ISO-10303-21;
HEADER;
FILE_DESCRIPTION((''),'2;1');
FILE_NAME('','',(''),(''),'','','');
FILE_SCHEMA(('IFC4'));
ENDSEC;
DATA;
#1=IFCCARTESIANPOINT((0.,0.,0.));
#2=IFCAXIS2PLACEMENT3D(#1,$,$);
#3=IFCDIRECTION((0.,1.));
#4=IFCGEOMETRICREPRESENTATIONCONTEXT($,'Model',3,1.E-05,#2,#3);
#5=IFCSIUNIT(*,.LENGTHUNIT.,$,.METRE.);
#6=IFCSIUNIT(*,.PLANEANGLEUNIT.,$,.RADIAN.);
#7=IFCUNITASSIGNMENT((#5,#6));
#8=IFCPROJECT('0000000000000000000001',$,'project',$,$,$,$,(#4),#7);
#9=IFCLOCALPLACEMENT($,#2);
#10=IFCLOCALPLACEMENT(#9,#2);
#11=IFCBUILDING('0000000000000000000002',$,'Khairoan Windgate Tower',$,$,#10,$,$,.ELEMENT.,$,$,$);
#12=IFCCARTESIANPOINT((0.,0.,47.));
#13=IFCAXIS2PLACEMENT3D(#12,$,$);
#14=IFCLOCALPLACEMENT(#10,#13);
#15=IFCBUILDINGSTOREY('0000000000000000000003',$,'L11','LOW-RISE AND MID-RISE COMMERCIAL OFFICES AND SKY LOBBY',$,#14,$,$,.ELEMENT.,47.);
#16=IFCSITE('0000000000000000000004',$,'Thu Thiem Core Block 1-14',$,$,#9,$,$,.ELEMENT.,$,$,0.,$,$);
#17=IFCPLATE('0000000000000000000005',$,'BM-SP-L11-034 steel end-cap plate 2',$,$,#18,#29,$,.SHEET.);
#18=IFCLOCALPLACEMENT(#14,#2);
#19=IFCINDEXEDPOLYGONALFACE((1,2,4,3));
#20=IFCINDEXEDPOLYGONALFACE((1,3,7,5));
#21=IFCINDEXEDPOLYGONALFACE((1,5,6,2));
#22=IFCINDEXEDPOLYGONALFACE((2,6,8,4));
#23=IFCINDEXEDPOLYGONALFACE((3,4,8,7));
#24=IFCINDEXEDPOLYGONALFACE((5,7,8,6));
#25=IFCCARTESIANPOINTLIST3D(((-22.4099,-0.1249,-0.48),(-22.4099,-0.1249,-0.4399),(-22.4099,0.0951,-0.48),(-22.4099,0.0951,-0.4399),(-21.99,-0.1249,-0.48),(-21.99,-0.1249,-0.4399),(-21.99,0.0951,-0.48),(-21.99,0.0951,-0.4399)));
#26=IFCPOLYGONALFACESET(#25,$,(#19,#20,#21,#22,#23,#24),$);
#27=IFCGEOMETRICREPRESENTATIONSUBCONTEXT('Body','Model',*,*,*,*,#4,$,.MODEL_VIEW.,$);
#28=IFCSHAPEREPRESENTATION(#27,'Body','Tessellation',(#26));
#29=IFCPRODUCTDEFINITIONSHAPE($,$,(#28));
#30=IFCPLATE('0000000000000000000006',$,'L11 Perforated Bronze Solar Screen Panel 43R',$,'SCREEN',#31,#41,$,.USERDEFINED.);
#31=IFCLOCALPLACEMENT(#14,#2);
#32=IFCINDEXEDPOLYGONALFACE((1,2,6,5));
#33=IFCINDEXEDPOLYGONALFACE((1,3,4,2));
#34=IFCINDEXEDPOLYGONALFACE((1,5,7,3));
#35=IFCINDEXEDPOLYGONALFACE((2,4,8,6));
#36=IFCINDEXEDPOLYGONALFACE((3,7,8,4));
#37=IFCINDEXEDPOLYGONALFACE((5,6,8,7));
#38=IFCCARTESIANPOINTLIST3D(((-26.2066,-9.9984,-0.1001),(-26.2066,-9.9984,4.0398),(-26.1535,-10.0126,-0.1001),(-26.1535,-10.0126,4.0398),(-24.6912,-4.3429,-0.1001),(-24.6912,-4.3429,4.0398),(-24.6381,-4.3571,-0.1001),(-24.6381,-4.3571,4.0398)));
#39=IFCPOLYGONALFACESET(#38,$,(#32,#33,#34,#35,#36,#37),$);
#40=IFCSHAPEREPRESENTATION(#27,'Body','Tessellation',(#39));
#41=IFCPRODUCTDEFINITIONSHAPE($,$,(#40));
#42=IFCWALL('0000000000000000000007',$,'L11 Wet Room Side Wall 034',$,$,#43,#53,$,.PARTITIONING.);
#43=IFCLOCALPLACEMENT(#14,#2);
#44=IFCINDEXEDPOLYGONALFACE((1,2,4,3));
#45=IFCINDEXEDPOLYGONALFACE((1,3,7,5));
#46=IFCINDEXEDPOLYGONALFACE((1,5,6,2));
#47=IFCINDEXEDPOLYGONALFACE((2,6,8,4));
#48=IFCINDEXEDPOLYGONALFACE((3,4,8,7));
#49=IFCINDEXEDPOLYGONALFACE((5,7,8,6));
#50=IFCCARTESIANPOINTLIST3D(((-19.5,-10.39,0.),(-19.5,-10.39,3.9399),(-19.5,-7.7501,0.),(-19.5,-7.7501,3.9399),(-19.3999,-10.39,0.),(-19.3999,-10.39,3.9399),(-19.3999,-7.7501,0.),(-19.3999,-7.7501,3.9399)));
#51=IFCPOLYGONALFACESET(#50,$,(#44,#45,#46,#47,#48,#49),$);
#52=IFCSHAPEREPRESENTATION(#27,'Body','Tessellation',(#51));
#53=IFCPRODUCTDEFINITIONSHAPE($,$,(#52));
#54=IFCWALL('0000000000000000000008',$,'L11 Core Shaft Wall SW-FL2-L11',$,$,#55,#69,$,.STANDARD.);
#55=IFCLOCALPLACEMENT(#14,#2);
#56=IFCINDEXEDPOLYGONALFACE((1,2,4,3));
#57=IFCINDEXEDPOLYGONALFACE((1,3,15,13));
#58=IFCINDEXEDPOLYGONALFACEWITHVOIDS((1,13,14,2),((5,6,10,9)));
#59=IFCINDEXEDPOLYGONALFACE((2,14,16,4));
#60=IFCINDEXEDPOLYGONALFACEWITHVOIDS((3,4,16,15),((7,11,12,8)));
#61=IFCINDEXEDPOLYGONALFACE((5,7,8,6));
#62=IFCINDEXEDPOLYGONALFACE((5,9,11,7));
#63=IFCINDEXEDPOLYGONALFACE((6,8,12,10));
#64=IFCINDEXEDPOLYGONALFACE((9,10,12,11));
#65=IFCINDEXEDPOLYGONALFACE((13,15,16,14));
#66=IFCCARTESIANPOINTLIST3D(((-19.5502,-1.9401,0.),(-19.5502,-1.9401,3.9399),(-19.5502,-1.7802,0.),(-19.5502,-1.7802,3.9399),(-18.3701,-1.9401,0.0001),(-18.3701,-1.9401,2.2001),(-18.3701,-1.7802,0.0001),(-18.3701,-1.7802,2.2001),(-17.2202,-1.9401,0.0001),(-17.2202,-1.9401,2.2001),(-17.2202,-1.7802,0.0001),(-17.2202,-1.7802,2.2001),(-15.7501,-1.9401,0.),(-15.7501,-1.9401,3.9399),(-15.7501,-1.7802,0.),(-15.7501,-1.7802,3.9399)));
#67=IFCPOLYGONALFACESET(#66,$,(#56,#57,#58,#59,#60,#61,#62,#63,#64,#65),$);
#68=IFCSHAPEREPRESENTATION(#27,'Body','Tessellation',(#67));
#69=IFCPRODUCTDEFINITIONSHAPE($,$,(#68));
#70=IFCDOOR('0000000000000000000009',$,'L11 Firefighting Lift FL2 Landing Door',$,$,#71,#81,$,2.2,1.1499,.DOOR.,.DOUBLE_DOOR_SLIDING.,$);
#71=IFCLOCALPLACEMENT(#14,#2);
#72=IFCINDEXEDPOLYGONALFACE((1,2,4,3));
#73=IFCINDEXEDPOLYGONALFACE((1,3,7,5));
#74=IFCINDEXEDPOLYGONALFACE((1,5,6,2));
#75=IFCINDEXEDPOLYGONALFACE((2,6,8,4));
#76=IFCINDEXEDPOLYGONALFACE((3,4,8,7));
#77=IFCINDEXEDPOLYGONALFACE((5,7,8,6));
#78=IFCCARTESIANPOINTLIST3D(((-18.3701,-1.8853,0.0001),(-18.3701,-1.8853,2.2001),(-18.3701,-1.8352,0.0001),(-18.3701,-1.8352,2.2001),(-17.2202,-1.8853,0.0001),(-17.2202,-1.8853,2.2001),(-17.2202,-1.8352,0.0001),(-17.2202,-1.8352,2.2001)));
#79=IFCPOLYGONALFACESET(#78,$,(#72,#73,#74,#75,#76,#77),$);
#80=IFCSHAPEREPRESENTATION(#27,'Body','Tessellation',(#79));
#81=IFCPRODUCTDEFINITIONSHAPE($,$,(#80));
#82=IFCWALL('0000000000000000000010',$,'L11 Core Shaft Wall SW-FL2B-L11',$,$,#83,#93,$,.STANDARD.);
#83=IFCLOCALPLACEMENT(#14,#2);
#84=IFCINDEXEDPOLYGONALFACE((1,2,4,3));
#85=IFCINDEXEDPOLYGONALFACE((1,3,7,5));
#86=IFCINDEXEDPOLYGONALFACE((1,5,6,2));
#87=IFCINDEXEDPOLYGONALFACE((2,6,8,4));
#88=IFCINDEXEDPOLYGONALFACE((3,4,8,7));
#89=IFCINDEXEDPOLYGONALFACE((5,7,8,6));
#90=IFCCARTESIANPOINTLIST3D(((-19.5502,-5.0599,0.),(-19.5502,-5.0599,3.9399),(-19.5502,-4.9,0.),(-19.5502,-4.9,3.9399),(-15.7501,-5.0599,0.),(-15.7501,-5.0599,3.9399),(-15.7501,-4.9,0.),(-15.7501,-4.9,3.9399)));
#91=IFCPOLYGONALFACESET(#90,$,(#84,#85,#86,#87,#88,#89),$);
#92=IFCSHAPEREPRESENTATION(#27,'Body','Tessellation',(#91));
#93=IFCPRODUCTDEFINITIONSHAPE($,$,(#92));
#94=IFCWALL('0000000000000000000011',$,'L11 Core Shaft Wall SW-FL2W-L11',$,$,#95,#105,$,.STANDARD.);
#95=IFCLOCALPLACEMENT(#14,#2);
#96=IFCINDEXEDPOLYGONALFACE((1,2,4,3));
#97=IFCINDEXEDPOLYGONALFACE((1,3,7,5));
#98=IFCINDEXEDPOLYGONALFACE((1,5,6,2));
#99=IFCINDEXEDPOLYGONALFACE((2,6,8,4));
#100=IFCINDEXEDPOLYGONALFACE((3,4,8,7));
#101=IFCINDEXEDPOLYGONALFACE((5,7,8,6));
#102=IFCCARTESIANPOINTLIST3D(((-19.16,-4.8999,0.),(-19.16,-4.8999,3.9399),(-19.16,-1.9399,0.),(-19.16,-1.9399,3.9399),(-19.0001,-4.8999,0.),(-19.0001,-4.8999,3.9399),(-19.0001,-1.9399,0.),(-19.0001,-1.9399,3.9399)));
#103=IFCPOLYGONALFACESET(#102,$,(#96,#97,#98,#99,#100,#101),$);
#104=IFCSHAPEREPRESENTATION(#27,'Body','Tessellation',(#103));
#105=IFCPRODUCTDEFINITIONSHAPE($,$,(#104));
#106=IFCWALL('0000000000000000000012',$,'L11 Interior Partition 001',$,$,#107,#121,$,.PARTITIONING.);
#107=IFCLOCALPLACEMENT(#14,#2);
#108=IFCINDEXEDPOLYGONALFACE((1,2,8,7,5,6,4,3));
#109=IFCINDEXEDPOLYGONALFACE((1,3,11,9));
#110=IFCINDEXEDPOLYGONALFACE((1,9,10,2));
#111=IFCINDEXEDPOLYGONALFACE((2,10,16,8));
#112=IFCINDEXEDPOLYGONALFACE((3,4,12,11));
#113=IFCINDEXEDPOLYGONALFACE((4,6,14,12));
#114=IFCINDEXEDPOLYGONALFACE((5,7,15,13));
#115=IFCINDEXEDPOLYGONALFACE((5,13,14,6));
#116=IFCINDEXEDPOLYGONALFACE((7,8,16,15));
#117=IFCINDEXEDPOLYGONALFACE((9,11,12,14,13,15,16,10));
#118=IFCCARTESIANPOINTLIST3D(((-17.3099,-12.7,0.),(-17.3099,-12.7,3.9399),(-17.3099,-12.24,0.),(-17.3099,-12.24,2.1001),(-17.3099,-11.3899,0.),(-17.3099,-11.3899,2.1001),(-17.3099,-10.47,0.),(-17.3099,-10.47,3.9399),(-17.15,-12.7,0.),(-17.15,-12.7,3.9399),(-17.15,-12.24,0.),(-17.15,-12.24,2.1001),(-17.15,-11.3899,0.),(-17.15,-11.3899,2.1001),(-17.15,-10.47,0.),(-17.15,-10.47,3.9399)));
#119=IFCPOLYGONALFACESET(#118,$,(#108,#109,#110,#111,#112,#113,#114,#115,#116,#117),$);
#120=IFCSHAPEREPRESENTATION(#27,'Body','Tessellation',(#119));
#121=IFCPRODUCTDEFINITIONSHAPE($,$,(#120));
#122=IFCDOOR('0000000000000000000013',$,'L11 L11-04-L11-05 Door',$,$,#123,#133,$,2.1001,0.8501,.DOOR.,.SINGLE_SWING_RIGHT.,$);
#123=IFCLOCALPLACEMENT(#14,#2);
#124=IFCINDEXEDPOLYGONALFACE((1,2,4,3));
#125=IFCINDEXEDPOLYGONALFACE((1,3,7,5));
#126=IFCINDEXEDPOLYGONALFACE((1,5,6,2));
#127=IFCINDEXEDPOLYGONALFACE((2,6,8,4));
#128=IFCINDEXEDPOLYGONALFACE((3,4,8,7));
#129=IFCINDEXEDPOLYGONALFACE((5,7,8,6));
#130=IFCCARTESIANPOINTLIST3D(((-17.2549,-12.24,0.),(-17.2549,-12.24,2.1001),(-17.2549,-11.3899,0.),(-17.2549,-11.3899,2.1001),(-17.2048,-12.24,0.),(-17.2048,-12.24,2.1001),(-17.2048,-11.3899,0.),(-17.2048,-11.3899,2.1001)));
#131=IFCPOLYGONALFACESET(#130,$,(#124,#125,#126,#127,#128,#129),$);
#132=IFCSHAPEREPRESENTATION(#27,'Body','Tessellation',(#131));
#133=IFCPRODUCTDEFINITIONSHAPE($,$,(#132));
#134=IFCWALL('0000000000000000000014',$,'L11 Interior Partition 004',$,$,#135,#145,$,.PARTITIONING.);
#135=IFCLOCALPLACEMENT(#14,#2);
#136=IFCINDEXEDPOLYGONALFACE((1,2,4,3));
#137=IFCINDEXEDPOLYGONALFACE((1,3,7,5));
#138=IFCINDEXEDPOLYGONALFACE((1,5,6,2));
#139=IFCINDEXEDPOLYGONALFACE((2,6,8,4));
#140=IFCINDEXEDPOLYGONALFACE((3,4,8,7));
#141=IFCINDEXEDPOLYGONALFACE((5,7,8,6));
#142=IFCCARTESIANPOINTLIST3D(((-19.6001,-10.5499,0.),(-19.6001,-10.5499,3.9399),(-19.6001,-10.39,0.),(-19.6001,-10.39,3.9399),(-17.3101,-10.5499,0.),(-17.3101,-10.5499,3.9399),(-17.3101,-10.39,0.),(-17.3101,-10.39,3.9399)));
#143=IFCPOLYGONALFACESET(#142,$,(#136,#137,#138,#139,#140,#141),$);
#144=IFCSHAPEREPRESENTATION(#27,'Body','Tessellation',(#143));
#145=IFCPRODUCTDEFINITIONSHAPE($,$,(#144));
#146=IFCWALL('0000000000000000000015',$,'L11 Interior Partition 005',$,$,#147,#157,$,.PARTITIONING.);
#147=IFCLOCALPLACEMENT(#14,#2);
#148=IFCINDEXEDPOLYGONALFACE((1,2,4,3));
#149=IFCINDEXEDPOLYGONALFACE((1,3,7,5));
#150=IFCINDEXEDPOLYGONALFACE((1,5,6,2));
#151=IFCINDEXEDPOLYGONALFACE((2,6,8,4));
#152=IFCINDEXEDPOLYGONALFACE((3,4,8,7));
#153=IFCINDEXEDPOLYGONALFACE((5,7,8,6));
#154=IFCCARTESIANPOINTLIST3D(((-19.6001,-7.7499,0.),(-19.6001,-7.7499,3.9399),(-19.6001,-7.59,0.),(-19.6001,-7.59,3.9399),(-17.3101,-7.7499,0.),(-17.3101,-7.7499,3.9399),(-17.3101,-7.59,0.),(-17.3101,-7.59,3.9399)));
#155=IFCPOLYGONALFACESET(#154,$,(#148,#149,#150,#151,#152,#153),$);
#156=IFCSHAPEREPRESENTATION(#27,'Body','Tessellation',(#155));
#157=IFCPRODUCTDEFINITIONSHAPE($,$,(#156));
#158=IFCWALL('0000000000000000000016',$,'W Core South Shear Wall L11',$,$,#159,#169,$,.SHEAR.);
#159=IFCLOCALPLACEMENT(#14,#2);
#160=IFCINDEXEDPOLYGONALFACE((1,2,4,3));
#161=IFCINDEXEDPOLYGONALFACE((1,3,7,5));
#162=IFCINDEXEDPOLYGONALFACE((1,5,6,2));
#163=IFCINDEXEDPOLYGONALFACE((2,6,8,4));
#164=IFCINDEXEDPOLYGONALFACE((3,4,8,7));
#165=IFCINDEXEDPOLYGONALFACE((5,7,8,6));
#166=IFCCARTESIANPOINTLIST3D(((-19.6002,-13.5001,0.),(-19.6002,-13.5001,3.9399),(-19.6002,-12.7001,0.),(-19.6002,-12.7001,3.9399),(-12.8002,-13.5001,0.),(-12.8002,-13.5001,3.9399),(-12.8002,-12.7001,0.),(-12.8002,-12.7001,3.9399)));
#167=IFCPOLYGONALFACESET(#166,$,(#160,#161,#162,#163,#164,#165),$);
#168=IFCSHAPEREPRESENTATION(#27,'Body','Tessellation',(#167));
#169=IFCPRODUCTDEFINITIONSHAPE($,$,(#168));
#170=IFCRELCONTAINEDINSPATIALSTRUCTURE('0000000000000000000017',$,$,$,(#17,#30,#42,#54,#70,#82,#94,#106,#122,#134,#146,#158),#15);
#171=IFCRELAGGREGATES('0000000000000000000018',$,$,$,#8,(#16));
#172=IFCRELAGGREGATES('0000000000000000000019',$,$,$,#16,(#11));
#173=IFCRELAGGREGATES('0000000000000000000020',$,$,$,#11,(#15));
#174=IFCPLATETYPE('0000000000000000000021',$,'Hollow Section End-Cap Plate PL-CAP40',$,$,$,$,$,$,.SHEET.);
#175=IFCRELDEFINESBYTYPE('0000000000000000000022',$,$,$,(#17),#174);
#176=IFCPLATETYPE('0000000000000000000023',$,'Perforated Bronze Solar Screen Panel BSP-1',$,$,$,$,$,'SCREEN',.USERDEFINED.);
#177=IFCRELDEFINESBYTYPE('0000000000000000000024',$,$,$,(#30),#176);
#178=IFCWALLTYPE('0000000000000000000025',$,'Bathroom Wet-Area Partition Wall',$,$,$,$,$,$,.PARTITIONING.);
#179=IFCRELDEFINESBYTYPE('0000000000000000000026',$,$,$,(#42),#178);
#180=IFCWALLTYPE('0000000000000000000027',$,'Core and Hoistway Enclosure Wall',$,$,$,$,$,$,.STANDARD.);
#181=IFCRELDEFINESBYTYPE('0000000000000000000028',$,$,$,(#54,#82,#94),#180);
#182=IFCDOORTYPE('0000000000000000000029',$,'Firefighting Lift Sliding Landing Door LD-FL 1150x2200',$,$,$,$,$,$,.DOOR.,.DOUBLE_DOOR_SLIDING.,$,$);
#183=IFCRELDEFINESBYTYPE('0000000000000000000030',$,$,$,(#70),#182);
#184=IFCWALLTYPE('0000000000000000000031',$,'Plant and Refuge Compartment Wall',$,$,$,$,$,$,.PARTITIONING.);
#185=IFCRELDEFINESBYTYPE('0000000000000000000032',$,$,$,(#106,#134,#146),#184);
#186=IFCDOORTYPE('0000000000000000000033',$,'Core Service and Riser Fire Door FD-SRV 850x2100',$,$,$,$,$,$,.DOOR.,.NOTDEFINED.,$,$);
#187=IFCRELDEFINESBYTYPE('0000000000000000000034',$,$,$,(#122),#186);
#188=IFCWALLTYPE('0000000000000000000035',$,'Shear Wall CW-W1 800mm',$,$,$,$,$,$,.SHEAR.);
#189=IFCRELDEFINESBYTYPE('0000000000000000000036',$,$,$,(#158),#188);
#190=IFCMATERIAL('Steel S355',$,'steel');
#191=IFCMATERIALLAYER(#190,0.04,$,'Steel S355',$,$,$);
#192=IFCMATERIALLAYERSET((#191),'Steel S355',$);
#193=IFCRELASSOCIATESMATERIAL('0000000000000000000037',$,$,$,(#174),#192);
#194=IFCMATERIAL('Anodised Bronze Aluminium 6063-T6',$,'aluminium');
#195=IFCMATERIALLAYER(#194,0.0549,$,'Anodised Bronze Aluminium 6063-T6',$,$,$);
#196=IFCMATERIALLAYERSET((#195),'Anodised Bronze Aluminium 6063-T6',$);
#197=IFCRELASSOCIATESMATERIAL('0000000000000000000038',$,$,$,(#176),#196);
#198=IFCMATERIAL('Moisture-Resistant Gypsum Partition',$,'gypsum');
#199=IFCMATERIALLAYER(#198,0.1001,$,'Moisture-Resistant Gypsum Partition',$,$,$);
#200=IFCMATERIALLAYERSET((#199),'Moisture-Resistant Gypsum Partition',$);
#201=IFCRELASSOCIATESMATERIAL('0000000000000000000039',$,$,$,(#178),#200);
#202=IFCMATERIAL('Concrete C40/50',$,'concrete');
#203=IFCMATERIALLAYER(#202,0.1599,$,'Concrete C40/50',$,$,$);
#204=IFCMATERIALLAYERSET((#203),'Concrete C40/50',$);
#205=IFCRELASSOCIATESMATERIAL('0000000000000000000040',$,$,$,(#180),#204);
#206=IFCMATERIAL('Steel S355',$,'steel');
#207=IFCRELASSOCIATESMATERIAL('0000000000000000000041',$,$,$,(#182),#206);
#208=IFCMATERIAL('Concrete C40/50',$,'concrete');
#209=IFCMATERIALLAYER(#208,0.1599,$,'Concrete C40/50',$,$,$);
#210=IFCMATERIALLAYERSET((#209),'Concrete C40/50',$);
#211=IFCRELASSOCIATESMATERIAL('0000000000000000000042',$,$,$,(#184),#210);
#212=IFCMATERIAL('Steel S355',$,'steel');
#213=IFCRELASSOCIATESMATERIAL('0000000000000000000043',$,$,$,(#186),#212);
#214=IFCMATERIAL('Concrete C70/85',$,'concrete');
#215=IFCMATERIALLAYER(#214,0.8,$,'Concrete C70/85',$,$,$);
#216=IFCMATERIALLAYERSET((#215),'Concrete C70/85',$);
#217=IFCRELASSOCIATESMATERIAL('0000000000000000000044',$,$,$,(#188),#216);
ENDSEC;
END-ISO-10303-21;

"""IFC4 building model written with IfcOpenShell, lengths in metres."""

from ifc_helpers import new_model, si_unit, direction, frame, frame_2d, origin, origin_2d, place, context, subcontext, project, spatial, rectangle, extrude, material, layer, layer_set, type_object, element, fill, save


model = new_model("IFC4")

# Units and contexts
model_context = context("Model", 3, precision=1e-05, world=origin(), true_north=direction((0.0, 1.0)))
body_context = subcontext(model_context, "Body", "Model", "MODEL_VIEW")
ifc_project = project(units=[si_unit("LENGTHUNIT", "METRE"), si_unit("PLANEANGLEUNIT", "RADIAN")], contexts=[model_context])

# Site, building, storey
site_placement = place(None, origin())
site = spatial("IfcSite", under=ifc_project, at=site_placement, Name="Thu Thiem Core Block 1-14", CompositionType="ELEMENT", RefElevation=0.0)
building_placement = place(site_placement, origin())
building = spatial("IfcBuilding", under=site, at=building_placement, Name="Khairoan Windgate Tower", CompositionType="ELEMENT")
storey_placement = place(building_placement, frame((0.0, 0.0, 47.0)))
storey = spatial("IfcBuildingStorey", under=building, at=storey_placement, Name="L11", Description="LOW-RISE AND MID-RISE COMMERCIAL OFFICES AND SKY LOBBY", CompositionType="ELEMENT", Elevation=47.0)

# Plates
ifc_material_1 = material(Name="Steel S355", Category="steel")
ifc_layer_1 = layer(ifc_material_1, 0.04, Name="Steel S355")
ifc_layer_set_1 = layer_set([ifc_layer_1], Name="Steel S355")
plate_type_1 = type_object("IfcPlateType", Name="Hollow Section End-Cap Plate PL-CAP40", PredefinedType="SHEET", material=ifc_layer_set_1)
for number, where, z_axis, x_axis, name in (
    (1, (-22.2, -0.0149, -0.48), (0.0, 0.0, 1.0), (0.0, 1.0, 0.0), "BM-SP-L11-034 steel end-cap plate 2"),
):
    element("IfcPlate", number, at=place(storey_placement, frame(where, z_axis=z_axis, x_axis=x_axis)), inside=storey, type_object=plate_type_1, Name=name, PredefinedType="SHEET", context=body_context, shape_type="SweptSolid", body=[
        extrude(rectangle(XDim=0.22, YDim=0.4199, at=origin_2d()), origin(), (0.0, 0.0, 1.0), 0.04),
    ])
ifc_material_2 = material(Name="Anodised Bronze Aluminium 6063-T6", Category="aluminium")
ifc_layer_2 = layer(ifc_material_2, 0.0549, Name="Anodised Bronze Aluminium 6063-T6")
ifc_layer_set_2 = layer_set([ifc_layer_2], Name="Anodised Bronze Aluminium 6063-T6")
plate_type_2 = type_object("IfcPlateType", Name="Perforated Bronze Solar Screen Panel BSP-1", ElementType="SCREEN", PredefinedType="USERDEFINED", material=ifc_layer_set_2)
plate_placement = place(storey_placement, frame((-25.4224, -7.1777, -0.1001), z_axis=(0.0, 0.0, 1.0), x_axis=(0.258819, 0.965926, 0.0)))
element("IfcPlate", 2, at=plate_placement, inside=storey, type_object=plate_type_2, Name="L11 Perforated Bronze Solar Screen Panel 43R", ObjectType="SCREEN", PredefinedType="USERDEFINED", context=body_context, shape_type="SweptSolid", body=[
    extrude(rectangle(XDim=5.855, YDim=0.0549, at=origin_2d()), origin(), (0.0, 0.0, 1.0), 4.1399),
])

# Wall
ifc_material_3 = material(Name="Moisture-Resistant Gypsum Partition", Category="gypsum")
ifc_layer_3 = layer(ifc_material_3, 0.1001, Name="Moisture-Resistant Gypsum Partition")
ifc_layer_set_3 = layer_set([ifc_layer_3], Name="Moisture-Resistant Gypsum Partition")
wall_type_1 = type_object("IfcWallType", Name="Bathroom Wet-Area Partition Wall", PredefinedType="PARTITIONING", material=ifc_layer_set_3)
wall_1_placement = place(storey_placement, frame((-19.45, -10.3899, 0.0), z_axis=(0.0, 0.0, 1.0), x_axis=(0.0, 1.0, 0.0)))
element("IfcWall", 3, at=wall_1_placement, inside=storey, type_object=wall_type_1, Name="L11 Wet Room Side Wall 034", PredefinedType="PARTITIONING", context=body_context, shape_type="SweptSolid", body=[
    extrude(rectangle(XDim=2.6399, YDim=0.1001, at=frame_2d((1.3198, 0.0))), origin(), (0.0, 0.0, 1.0), 3.9399),
])

# Wall, opening, door
ifc_material_4 = material(Name="Concrete C40/50", Category="concrete")
ifc_layer_4 = layer(ifc_material_4, 0.1599, Name="Concrete C40/50")
ifc_layer_set_4 = layer_set([ifc_layer_4], Name="Concrete C40/50")
wall_type_2 = type_object("IfcWallType", Name="Core and Hoistway Enclosure Wall", PredefinedType="STANDARD", material=ifc_layer_set_4)
wall_2_placement = place(storey_placement, frame((-19.55, -1.8601, 0.0), z_axis=(0.0, 0.0, 1.0), x_axis=(1.0, 0.0, 0.0)))
wall_2 = element("IfcWall", 4, at=wall_2_placement, inside=storey, type_object=wall_type_2, Name="L11 Core Shaft Wall SW-FL2-L11", PredefinedType="STANDARD", context=body_context, shape_type="SweptSolid", body=[
    extrude(rectangle(XDim=3.8, YDim=0.1599, at=frame_2d((1.8999, 0.0))), origin(), (0.0, 0.0, 1.0), 3.9399),
])
opening_1_placement = place(wall_2_placement, frame((1.1799, 0.0, 0.0)))
opening_1 = element("IfcOpeningElement", 5, at=opening_1_placement, cuts=wall_2, PredefinedType="OPENING", context=body_context, shape_type="SweptSolid", body=[
    extrude(rectangle(XDim=1.1499, YDim=2.2, at=frame_2d((0.575, 1.1001))), frame((0.0, 0.0898, 0.0), z_axis=(0.0, -1.0, 0.0), x_axis=(1.0, 0.0, 0.0)), (0.0, 0.0, 1.0), 0.1799),
])
ifc_material_5 = material(Name="Steel S355", Category="steel")
door_type_1 = type_object("IfcDoorType", Name="Firefighting Lift Sliding Landing Door LD-FL 1150x2200", OperationType="DOUBLE_DOOR_SLIDING", PredefinedType="DOOR", material=ifc_material_5)
door_1_placement = place(opening_1_placement, origin())
door_1 = element("IfcDoor", 6, at=door_1_placement, inside=storey, type_object=door_type_1, Name="L11 Firefighting Lift FL2 Landing Door", OperationType="DOUBLE_DOOR_SLIDING", OverallHeight=2.2, OverallWidth=1.1499, PredefinedType="DOOR", context=body_context, shape_type="SweptSolid", body=[
    extrude(rectangle(XDim=1.1499, YDim=2.2, at=frame_2d((0.575, 1.1001))), frame((0.0, 0.0249, 0.0), z_axis=(0.0, -1.0, 0.0), x_axis=(1.0, 0.0, 0.0)), (0.0, 0.0, 1.0), 0.05),
])
fill(opening_1, door_1)

# Walls
wall_3_placement = place(storey_placement, frame((-19.55, -4.98, 0.0), z_axis=(0.0, 0.0, 1.0), x_axis=(1.0, 0.0, 0.0)))
element("IfcWall", 7, at=wall_3_placement, inside=storey, type_object=wall_type_2, Name="L11 Core Shaft Wall SW-FL2B-L11", PredefinedType="STANDARD", context=body_context, shape_type="SweptSolid", body=[
    extrude(rectangle(XDim=3.8, YDim=0.1599, at=frame_2d((1.8999, 0.0))), origin(), (0.0, 0.0, 1.0), 3.9399),
])
wall_4_placement = place(storey_placement, frame((-19.0801, -4.8999, 0.0), z_axis=(0.0, 0.0, 1.0), x_axis=(0.0, 1.0, 0.0)))
element("IfcWall", 8, at=wall_4_placement, inside=storey, type_object=wall_type_2, Name="L11 Core Shaft Wall SW-FL2W-L11", PredefinedType="STANDARD", context=body_context, shape_type="SweptSolid", body=[
    extrude(rectangle(XDim=2.96, YDim=0.1599, at=frame_2d((1.48, 0.0))), origin(), (0.0, 0.0, 1.0), 3.9399),
])

# Wall, opening, door
ifc_material_6 = material(Name="Concrete C40/50", Category="concrete")
ifc_layer_5 = layer(ifc_material_6, 0.1599, Name="Concrete C40/50")
ifc_layer_set_5 = layer_set([ifc_layer_5], Name="Concrete C40/50")
wall_type_3 = type_object("IfcWallType", Name="Plant and Refuge Compartment Wall", PredefinedType="PARTITIONING", material=ifc_layer_set_5)
wall_5_placement = place(storey_placement, frame((-17.23, -12.7, 0.0), z_axis=(0.0, 0.0, 1.0), x_axis=(0.0, 1.0, 0.0)))
wall_5 = element("IfcWall", 9, at=wall_5_placement, inside=storey, type_object=wall_type_3, Name="L11 Interior Partition 001", PredefinedType="PARTITIONING", context=body_context, shape_type="SweptSolid", body=[
    extrude(rectangle(XDim=2.23, YDim=0.1599, at=frame_2d((1.115, 0.0))), origin(), (0.0, 0.0, 1.0), 3.9399),
])
opening_2_placement = place(wall_5_placement, frame((0.46, 0.0, 0.0)))
opening_2 = element("IfcOpeningElement", 10, at=opening_2_placement, cuts=wall_5, PredefinedType="OPENING", context=body_context, shape_type="SweptSolid", body=[
    extrude(rectangle(XDim=0.8501, YDim=2.1001, at=frame_2d((0.425, 1.05))), frame((0.0, 0.0898, 0.0), z_axis=(0.0, -1.0, 0.0), x_axis=(1.0, 0.0, 0.0)), (0.0, 0.0, 1.0), 0.1799),
])
ifc_material_7 = material(Name="Steel S355", Category="steel")
door_type_2 = type_object("IfcDoorType", Name="Core Service and Riser Fire Door FD-SRV 850x2100", OperationType="NOTDEFINED", PredefinedType="DOOR", material=ifc_material_7)
door_2_placement = place(opening_2_placement, origin())
door_2 = element("IfcDoor", 11, at=door_2_placement, inside=storey, type_object=door_type_2, Name="L11 L11-04-L11-05 Door", OperationType="SINGLE_SWING_RIGHT", OverallHeight=2.1001, OverallWidth=0.8501, PredefinedType="DOOR", context=body_context, shape_type="SweptSolid", body=[
    extrude(rectangle(XDim=0.8501, YDim=2.1001, at=frame_2d((0.425, 1.05))), frame((0.0, 0.0249, 0.0), z_axis=(0.0, -1.0, 0.0), x_axis=(1.0, 0.0, 0.0)), (0.0, 0.0, 1.0), 0.05),
])
fill(opening_2, door_2)

# Walls
for number, where, z_axis, x_axis, name in (
    (12, (-19.6001, -10.47, 0.0), (0.0, 0.0, 1.0), (1.0, 0.0, 0.0), "L11 Interior Partition 004"),
    (13, (-19.6001, -7.6699, 0.0), (0.0, 0.0, 1.0), (1.0, 0.0, 0.0), "L11 Interior Partition 005"),
):
    element("IfcWall", number, at=place(storey_placement, frame(where, z_axis=z_axis, x_axis=x_axis)), inside=storey, type_object=wall_type_3, Name=name, PredefinedType="PARTITIONING", context=body_context, shape_type="SweptSolid", body=[
        extrude(rectangle(XDim=2.29, YDim=0.1599, at=frame_2d((1.145, 0.0))), origin(), (0.0, 0.0, 1.0), 3.9399),
    ])
ifc_material_8 = material(Name="Concrete C70/85", Category="concrete")
ifc_layer_6 = layer(ifc_material_8, 0.8, Name="Concrete C70/85")
ifc_layer_set_6 = layer_set([ifc_layer_6], Name="Concrete C70/85")
wall_type_4 = type_object("IfcWallType", Name="Shear Wall CW-W1 800mm", PredefinedType="SHEAR", material=ifc_layer_set_6)
wall_6_placement = place(storey_placement, frame((-19.6001, -13.1001, 0.0), z_axis=(0.0, 0.0, 1.0), x_axis=(1.0, 0.0, 0.0)))
element("IfcWall", 14, at=wall_6_placement, inside=storey, type_object=wall_type_4, Name="W Core South Shear Wall L11", PredefinedType="SHEAR", context=body_context, shape_type="SweptSolid", body=[
    extrude(rectangle(XDim=6.8, YDim=0.8, at=frame_2d((3.3999, 0.0))), origin(), (0.0, 0.0, 1.0), 3.9399),
])

save(model, "model.ifc")
